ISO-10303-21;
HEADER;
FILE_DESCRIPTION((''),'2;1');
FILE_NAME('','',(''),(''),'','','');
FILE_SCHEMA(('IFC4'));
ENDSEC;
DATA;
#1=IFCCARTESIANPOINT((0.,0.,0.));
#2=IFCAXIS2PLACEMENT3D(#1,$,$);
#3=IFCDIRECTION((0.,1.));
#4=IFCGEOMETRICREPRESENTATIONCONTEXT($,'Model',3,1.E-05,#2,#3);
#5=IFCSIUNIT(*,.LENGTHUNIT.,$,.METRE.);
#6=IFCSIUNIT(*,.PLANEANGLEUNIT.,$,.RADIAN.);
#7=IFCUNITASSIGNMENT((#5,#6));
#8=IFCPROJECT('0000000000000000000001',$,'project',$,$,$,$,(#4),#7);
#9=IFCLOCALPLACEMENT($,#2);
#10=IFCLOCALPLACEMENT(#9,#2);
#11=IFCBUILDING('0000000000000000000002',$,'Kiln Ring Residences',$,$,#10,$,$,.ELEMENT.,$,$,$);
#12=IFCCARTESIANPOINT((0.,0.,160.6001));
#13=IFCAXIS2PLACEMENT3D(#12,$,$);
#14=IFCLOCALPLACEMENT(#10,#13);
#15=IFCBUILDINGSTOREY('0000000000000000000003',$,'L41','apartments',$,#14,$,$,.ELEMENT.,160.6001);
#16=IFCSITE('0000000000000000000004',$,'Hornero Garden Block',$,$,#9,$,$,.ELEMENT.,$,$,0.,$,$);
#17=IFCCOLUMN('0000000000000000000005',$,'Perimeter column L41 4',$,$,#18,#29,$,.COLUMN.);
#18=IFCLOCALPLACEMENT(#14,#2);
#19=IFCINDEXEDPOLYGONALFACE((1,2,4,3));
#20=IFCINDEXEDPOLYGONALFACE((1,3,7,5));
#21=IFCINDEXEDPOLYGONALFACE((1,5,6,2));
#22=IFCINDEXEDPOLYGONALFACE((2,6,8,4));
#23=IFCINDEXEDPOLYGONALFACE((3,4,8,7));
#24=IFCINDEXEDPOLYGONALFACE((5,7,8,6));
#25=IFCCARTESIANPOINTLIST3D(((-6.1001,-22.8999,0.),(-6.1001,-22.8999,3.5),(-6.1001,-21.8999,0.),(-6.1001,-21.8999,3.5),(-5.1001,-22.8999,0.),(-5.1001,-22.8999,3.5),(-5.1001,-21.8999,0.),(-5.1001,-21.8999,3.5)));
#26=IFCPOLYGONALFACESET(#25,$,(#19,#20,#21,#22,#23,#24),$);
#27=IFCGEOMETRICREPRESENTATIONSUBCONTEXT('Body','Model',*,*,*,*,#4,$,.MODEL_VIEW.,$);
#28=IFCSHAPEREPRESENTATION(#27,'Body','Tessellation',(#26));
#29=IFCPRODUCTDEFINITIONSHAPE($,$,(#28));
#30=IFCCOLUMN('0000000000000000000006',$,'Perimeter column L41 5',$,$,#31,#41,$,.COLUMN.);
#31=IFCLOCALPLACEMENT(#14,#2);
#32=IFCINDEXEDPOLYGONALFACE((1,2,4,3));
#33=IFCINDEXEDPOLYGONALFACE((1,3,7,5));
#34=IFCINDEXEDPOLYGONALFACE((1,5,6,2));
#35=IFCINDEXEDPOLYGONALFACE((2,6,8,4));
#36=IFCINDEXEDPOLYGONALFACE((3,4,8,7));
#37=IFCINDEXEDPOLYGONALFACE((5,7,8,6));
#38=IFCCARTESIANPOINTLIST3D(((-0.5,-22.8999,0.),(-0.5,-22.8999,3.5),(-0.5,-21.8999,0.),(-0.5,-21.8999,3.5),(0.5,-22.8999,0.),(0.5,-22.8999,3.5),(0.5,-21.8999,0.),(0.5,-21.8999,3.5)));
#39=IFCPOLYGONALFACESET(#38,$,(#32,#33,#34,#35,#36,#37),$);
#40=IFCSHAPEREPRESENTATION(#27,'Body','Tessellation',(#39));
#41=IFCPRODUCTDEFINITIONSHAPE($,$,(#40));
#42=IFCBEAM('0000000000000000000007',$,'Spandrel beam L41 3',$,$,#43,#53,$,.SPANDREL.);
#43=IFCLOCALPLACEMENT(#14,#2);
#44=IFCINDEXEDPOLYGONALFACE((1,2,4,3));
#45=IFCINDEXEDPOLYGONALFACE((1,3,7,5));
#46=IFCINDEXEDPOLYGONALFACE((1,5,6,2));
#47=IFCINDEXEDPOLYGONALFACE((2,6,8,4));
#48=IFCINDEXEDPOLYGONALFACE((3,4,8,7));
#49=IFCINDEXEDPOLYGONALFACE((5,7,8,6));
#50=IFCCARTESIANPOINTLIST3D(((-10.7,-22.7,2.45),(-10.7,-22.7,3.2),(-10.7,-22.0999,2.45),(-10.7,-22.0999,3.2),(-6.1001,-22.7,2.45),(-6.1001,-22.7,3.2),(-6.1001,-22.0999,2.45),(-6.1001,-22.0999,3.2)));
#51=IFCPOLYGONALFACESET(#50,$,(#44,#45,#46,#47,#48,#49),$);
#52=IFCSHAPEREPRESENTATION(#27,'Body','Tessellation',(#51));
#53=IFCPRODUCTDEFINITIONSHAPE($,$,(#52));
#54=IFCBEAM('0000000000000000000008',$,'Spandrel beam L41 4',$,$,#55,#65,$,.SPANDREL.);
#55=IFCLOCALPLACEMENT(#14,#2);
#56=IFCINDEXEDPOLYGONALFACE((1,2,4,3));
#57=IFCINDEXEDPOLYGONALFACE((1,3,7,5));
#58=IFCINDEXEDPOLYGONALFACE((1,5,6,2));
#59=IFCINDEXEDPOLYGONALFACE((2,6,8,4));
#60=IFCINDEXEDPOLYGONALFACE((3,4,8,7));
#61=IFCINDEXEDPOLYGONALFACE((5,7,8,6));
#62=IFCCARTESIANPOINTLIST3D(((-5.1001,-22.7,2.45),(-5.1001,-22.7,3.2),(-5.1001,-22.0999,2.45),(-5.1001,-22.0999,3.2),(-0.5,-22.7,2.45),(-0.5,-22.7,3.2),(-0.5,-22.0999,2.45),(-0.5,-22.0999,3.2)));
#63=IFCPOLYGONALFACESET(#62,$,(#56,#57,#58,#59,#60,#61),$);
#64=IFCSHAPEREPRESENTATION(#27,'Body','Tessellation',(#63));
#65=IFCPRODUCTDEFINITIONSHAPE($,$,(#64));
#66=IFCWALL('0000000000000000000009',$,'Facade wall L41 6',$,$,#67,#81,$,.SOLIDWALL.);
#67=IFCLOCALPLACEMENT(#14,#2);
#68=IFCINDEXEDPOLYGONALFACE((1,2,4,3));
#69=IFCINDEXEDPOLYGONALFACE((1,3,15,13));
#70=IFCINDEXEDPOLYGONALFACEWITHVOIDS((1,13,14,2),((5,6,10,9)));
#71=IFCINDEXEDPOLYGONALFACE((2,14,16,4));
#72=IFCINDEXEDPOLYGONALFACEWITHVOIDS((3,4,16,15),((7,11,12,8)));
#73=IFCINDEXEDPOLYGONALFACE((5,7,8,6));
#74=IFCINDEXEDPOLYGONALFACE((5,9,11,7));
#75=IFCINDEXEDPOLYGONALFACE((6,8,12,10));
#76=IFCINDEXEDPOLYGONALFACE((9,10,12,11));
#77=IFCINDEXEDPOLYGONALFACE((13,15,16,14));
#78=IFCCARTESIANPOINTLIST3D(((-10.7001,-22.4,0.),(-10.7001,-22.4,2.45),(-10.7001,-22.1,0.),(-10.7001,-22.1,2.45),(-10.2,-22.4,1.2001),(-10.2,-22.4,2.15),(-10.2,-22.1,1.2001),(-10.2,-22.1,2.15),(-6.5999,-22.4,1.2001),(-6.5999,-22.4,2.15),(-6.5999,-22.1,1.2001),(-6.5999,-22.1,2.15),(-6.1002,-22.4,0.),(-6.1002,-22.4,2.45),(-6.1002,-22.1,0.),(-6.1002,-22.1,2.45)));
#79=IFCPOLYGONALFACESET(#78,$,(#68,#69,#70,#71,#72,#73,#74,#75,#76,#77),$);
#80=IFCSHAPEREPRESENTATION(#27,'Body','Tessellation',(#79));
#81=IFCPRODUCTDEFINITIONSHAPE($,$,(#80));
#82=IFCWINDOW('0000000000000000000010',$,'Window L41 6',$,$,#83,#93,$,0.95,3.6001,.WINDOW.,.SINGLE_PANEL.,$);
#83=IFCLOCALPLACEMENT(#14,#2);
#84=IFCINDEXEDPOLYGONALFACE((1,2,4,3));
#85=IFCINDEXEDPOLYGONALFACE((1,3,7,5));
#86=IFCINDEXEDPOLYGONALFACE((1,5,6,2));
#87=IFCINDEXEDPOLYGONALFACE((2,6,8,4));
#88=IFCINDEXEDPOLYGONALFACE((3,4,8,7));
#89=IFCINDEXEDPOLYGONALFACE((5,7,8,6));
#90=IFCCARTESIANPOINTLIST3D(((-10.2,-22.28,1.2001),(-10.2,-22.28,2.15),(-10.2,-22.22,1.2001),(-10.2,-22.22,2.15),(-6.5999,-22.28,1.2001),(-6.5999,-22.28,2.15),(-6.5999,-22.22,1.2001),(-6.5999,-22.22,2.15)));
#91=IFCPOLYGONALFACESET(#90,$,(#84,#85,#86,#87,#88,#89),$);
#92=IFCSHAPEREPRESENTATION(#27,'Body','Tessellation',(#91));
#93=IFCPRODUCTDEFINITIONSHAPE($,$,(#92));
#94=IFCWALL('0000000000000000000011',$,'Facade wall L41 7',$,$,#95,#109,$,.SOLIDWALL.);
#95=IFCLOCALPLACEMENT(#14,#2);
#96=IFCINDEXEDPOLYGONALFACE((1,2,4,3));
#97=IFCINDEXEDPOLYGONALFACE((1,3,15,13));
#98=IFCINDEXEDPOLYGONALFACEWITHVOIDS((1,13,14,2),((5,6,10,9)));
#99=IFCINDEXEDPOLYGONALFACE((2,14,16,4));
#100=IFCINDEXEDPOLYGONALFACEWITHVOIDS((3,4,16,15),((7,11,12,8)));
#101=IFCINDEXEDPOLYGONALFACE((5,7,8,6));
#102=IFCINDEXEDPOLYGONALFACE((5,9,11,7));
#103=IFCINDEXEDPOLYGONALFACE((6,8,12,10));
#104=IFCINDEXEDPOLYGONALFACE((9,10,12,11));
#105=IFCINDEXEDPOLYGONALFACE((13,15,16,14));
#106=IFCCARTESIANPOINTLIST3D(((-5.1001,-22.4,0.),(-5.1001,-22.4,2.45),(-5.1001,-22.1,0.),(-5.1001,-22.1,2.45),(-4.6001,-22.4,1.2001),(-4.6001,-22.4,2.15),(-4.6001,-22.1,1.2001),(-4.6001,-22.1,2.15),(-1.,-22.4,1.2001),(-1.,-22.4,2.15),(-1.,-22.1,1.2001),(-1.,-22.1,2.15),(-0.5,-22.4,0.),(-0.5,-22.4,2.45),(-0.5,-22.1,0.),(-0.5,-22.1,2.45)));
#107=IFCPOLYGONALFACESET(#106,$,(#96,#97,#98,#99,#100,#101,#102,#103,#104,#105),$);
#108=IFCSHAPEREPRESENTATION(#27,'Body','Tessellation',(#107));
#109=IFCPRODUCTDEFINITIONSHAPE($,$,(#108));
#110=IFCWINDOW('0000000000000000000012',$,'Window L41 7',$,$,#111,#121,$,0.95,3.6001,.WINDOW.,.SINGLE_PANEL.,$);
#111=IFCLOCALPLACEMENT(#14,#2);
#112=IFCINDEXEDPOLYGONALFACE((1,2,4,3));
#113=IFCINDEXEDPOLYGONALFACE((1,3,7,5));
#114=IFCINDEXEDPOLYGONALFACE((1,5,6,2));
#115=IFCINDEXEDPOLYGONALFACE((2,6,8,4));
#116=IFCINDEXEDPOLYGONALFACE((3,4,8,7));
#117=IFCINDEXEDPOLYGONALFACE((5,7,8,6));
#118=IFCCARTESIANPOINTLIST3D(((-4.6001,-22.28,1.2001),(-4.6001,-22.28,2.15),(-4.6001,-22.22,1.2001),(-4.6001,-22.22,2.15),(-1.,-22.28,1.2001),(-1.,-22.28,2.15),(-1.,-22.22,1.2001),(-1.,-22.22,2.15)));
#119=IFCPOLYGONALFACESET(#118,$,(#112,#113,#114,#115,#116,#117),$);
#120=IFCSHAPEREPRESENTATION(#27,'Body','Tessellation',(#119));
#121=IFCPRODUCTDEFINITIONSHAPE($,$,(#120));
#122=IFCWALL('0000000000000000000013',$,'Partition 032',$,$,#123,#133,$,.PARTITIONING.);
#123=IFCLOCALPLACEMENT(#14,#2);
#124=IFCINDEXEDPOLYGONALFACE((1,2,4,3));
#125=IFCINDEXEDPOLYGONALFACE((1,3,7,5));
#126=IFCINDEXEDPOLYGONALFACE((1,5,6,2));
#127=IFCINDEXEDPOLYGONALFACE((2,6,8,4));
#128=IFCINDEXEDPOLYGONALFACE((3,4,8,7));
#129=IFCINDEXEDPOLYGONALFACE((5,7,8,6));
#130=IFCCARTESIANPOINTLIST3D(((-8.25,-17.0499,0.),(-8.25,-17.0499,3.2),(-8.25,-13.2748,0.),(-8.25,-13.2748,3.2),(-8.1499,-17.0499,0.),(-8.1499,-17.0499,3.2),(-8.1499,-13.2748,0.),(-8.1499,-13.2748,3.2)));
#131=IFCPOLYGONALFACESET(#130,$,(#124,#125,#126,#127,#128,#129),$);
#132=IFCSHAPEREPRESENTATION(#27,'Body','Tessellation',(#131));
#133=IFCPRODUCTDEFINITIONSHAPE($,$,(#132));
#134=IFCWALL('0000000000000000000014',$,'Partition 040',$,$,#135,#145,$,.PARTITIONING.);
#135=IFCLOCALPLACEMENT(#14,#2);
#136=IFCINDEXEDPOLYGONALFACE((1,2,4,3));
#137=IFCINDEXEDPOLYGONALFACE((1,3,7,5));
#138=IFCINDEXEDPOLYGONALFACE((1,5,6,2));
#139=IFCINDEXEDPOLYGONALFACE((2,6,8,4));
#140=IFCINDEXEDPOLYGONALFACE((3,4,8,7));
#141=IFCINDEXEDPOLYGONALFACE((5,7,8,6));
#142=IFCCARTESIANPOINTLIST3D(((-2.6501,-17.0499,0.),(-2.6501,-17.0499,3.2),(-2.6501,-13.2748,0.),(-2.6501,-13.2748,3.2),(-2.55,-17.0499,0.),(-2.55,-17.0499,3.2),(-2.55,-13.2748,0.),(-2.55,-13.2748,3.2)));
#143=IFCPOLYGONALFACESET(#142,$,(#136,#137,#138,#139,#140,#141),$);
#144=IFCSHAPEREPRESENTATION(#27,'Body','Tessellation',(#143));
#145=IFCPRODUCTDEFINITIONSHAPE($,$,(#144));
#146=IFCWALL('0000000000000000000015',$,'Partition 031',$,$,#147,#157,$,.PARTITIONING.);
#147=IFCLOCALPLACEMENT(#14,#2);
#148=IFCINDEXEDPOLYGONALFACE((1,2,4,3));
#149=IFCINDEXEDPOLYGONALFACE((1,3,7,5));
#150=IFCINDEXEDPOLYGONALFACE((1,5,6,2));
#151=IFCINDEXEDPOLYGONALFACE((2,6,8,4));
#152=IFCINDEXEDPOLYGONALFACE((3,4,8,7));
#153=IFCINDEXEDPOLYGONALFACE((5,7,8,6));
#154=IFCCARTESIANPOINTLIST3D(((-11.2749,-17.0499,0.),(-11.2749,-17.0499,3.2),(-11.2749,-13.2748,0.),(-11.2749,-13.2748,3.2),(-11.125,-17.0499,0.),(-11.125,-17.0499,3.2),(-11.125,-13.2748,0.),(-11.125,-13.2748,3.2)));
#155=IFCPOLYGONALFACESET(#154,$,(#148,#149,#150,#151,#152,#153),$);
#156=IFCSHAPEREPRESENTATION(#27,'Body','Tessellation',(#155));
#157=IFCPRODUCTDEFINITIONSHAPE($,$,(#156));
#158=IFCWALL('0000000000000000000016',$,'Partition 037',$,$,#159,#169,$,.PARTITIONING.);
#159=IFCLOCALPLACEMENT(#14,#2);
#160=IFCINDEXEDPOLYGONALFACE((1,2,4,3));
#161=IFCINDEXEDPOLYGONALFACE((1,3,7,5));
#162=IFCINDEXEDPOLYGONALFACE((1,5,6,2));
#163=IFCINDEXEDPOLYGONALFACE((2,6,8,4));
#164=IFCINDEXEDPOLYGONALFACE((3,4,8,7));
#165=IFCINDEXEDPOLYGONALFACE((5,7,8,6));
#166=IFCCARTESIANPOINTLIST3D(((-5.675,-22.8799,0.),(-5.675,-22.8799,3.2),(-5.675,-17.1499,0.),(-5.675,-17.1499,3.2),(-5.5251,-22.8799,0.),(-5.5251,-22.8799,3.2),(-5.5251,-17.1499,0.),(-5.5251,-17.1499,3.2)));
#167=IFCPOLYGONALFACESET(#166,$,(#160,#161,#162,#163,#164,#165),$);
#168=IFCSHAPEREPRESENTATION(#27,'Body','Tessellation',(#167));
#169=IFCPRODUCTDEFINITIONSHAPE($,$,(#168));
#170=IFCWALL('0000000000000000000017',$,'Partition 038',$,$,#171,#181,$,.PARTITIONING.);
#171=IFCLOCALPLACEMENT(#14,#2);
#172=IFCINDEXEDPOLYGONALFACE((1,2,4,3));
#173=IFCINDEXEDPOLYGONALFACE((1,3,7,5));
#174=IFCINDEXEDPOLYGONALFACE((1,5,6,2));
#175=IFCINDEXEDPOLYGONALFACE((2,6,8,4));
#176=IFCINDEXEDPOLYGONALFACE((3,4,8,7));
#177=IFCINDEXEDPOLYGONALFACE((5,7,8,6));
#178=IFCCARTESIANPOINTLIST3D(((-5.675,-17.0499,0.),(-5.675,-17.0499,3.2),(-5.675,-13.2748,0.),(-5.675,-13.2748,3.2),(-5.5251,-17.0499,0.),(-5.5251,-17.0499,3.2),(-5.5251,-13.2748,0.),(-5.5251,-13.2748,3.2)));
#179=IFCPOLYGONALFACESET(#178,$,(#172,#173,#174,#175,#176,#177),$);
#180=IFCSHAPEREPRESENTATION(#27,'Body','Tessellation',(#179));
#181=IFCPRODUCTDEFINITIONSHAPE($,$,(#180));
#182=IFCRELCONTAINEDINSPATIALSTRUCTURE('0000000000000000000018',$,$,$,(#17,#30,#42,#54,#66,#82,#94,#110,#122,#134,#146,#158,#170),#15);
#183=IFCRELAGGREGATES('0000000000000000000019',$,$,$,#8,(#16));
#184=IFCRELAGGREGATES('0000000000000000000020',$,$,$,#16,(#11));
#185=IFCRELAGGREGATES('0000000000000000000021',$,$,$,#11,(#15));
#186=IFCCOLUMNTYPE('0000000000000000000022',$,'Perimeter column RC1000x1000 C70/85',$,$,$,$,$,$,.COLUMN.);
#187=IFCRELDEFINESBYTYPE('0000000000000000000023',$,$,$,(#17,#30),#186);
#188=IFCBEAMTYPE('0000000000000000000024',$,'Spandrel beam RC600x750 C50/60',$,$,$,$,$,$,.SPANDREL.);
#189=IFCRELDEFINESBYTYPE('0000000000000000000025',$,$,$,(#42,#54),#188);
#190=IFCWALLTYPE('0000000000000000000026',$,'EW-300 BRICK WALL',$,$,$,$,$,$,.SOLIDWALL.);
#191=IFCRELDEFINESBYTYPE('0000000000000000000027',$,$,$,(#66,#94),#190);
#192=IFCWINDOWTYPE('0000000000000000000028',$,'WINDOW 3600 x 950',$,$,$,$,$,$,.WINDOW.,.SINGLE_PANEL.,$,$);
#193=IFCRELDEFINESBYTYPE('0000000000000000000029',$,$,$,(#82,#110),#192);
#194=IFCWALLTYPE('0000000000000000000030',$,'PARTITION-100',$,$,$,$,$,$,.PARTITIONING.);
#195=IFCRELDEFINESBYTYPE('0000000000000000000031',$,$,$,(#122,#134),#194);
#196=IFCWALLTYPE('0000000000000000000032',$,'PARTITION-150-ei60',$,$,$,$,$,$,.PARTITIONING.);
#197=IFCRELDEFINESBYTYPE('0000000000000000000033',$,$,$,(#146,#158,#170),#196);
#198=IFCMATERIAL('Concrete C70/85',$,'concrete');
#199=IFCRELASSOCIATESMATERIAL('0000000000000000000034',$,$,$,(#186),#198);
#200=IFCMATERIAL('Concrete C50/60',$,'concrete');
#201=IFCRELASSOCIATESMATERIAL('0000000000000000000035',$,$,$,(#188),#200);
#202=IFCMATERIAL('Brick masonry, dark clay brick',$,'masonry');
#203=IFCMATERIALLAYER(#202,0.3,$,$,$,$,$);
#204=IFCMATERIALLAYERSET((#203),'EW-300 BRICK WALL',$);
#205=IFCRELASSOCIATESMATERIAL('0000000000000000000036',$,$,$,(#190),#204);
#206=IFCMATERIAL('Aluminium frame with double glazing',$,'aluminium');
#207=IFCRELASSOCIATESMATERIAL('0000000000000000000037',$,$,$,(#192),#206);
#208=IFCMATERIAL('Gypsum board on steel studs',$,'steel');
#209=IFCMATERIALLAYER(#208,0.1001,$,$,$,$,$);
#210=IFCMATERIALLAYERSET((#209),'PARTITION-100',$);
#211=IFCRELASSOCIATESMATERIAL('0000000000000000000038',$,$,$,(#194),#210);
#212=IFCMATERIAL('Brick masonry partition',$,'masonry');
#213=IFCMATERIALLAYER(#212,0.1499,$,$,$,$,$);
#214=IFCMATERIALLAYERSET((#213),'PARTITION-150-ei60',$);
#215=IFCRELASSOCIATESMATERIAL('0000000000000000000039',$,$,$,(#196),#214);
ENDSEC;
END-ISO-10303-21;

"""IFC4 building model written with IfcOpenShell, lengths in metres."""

from ifc_helpers import new_model, si_unit, direction, frame, frame_2d, origin, origin_2d, place, context, subcontext, project, spatial, rectangle, extrude, material, layer, layer_set, material_profile, profile_set, type_object, element, fill, save


model = new_model("IFC4")

# Units and contexts
model_context = context("Model", 3, precision=1e-05, world=origin(), true_north=direction((0.0, 1.0)))
body_context = subcontext(model_context, "Body", "Model", "MODEL_VIEW")
ifc_project = project(units=[si_unit("LENGTHUNIT", "METRE"), si_unit("PLANEANGLEUNIT", "RADIAN")], contexts=[model_context])

# Site, building, storey
site_placement = place(None, origin())
site = spatial("IfcSite", under=ifc_project, at=site_placement, Name="Hornero Garden Block", CompositionType="ELEMENT", RefElevation=0.0)
building_placement = place(site_placement, origin())
building = spatial("IfcBuilding", under=site, at=building_placement, Name="Kiln Ring Residences", CompositionType="ELEMENT")
storey_placement = place(building_placement, frame((0.0, 0.0, 160.6001)))
storey = spatial("IfcBuildingStorey", under=building, at=storey_placement, Name="L41", Description="apartments", CompositionType="ELEMENT", Elevation=160.6001)

# Columns
ifc_material_1 = material(Name="Concrete C70/85", Category="concrete")
ifc_material_profile_1 = material_profile(ifc_material_1, rectangle(XDim=1.0, YDim=1.0, at=origin_2d()), Name="RC1000x1000")
ifc_profile_set_1 = profile_set([ifc_material_profile_1], Name="Concrete C70/85")
column_type = type_object("IfcColumnType", Name="Perimeter column RC1000x1000 C70/85", PredefinedType="COLUMN", material=ifc_profile_set_1)
for number, where, z_axis, x_axis, name in (
    (1, (-5.6001, -22.3999, 0.0), (0.0, 0.0, 1.0), (1.0, 0.0, 0.0), "Perimeter column L41 4"),
    (2, (0.0, -22.3999, 0.0), (0.0, 0.0, 1.0), (1.0, 0.0, 0.0), "Perimeter column L41 5"),
):
    element("IfcColumn", number, at=place(storey_placement, frame(where, z_axis=z_axis, x_axis=x_axis)), inside=storey, type_object=column_type, Name=name, PredefinedType="COLUMN", context=body_context, shape_type="SweptSolid", body=[
        extrude(rectangle(XDim=1.0, YDim=1.0, at=origin_2d()), origin(), (0.0, 0.0, 1.0), 3.5),
    ])

# Beams
ifc_material_2 = material(Name="Concrete C50/60", Category="concrete")
ifc_material_profile_2 = material_profile(ifc_material_2, rectangle(XDim=0.6001, YDim=0.75, at=origin_2d()), Name="RC600x750")
ifc_profile_set_2 = profile_set([ifc_material_profile_2], Name="Concrete C50/60")
beam_type = type_object("IfcBeamType", Name="Spandrel beam RC600x750 C50/60", PredefinedType="SPANDREL", material=ifc_profile_set_2)
beam_1_placement = place(storey_placement, frame((-10.7, -22.3999, 2.825), z_axis=(1.0, 0.0, 0.0), x_axis=(0.0, 1.0, 0.0)))
element("IfcBeam", 3, at=beam_1_placement, inside=storey, type_object=beam_type, Name="Spandrel beam L41 3", PredefinedType="SPANDREL", context=body_context, shape_type="SweptSolid", body=[
    extrude(rectangle(XDim=0.6001, YDim=0.75, at=origin_2d()), origin(), (0.0, 0.0, 1.0), 4.5999),
])
beam_2_placement = place(storey_placement, frame((-5.1001, -22.3999, 2.825), z_axis=(1.0, 0.0, 0.0), x_axis=(0.0, 1.0, 0.0)))
element("IfcBeam", 4, at=beam_2_placement, inside=storey, type_object=beam_type, Name="Spandrel beam L41 4", PredefinedType="SPANDREL", context=body_context, shape_type="SweptSolid", body=[
    extrude(rectangle(XDim=0.6001, YDim=0.75, at=origin_2d()), origin(), (0.0, 0.0, 1.0), 4.6001),
])

# Walls, openings, windows
ifc_material_3 = material(Name="Brick masonry, dark clay brick", Category="masonry")
ifc_layer_1 = layer(ifc_material_3, 0.3)
ifc_layer_set_1 = layer_set([ifc_layer_1], Name="EW-300 BRICK WALL")
wall_type_1 = type_object("IfcWallType", Name="EW-300 BRICK WALL", PredefinedType="SOLIDWALL", material=ifc_layer_set_1)
wall_1_placement = place(storey_placement, frame((-10.7, -22.25, 0.0), z_axis=(0.0, 0.0, 1.0), x_axis=(1.0, 0.0, 0.0)))
wall_1 = element("IfcWall", 5, at=wall_1_placement, inside=storey, type_object=wall_type_1, Name="Facade wall L41 6", PredefinedType="SOLIDWALL", context=body_context, shape_type="SweptSolid", body=[
    extrude(rectangle(XDim=4.5999, YDim=0.3, at=frame_2d((2.2998, 0.0))), origin(), (0.0, 0.0, 1.0), 2.45),
])
opening_1_placement = place(wall_1_placement, frame((0.5, 0.0, 1.2)))
opening_1 = element("IfcOpeningElement", 6, at=opening_1_placement, cuts=wall_1, PredefinedType="OPENING", context=body_context, shape_type="SweptSolid", body=[
    extrude(rectangle(XDim=3.6001, YDim=0.95, at=frame_2d((1.8, 0.4751))), frame((0.0, 0.1599, 0.0), z_axis=(0.0, -1.0, 0.0), x_axis=(1.0, 0.0, 0.0)), (0.0, 0.0, 1.0), 0.3201),
])
ifc_material_4 = material(Name="Aluminium frame with double glazing", Category="aluminium")
window_type = type_object("IfcWindowType", Name="WINDOW 3600 x 950", PartitioningType="SINGLE_PANEL", PredefinedType="WINDOW", material=ifc_material_4)
window_1_placement = place(opening_1_placement, origin())
window_1 = element("IfcWindow", 7, at=window_1_placement, inside=storey, type_object=window_type, Name="Window L41 6", OverallHeight=0.95, OverallWidth=3.6001, PartitioningType="SINGLE_PANEL", PredefinedType="WINDOW", context=body_context, shape_type="SweptSolid", body=[
    extrude(rectangle(XDim=3.6001, YDim=0.95, at=frame_2d((1.8, 0.4751))), frame((0.0, 0.03, 0.0), z_axis=(0.0, -1.0, 0.0), x_axis=(1.0, 0.0, 0.0)), (0.0, 0.0, 1.0), 0.0601),
])
fill(opening_1, window_1)
wall_2_placement = place(storey_placement, frame((-5.1001, -22.25, 0.0), z_axis=(0.0, 0.0, 1.0), x_axis=(1.0, 0.0, 0.0)))
wall_2 = element("IfcWall", 8, at=wall_2_placement, inside=storey, type_object=wall_type_1, Name="Facade wall L41 7", PredefinedType="SOLIDWALL", context=body_context, shape_type="SweptSolid", body=[
    extrude(rectangle(XDim=4.6001, YDim=0.3, at=frame_2d((2.3, 0.0))), origin(), (0.0, 0.0, 1.0), 2.45),
])
opening_2_placement = place(wall_2_placement, frame((0.5, 0.0, 1.2)))
opening_2 = element("IfcOpeningElement", 9, at=opening_2_placement, cuts=wall_2, PredefinedType="OPENING", context=body_context, shape_type="SweptSolid", body=[
    extrude(rectangle(XDim=3.6001, YDim=0.95, at=frame_2d((1.8, 0.4751))), frame((0.0, 0.1599, 0.0), z_axis=(0.0, -1.0, 0.0), x_axis=(1.0, 0.0, 0.0)), (0.0, 0.0, 1.0), 0.3201),
])
window_2_placement = place(opening_2_placement, origin())
window_2 = element("IfcWindow", 10, at=window_2_placement, inside=storey, type_object=window_type, Name="Window L41 7", OverallHeight=0.95, OverallWidth=3.6001, PartitioningType="SINGLE_PANEL", PredefinedType="WINDOW", context=body_context, shape_type="SweptSolid", body=[
    extrude(rectangle(XDim=3.6001, YDim=0.95, at=frame_2d((1.8, 0.4751))), frame((0.0, 0.03, 0.0), z_axis=(0.0, -1.0, 0.0), x_axis=(1.0, 0.0, 0.0)), (0.0, 0.0, 1.0), 0.0601),
])
fill(opening_2, window_2)

# Walls
ifc_material_5 = material(Name="Gypsum board on steel studs", Category="steel")
ifc_layer_2 = layer(ifc_material_5, 0.1001)
ifc_layer_set_2 = layer_set([ifc_layer_2], Name="PARTITION-100")
wall_type_2 = type_object("IfcWallType", Name="PARTITION-100", PredefinedType="PARTITIONING", material=ifc_layer_set_2)
for number, where, z_axis, x_axis, name in (
    (11, (-8.2, -17.05, 0.0), (0.0, 0.0, 1.0), (0.0, 1.0, 0.0), "Partition 032"),
    (12, (-2.6001, -17.05, 0.0), (0.0, 0.0, 1.0), (0.0, 1.0, 0.0), "Partition 040"),
):
    element("IfcWall", number, at=place(storey_placement, frame(where, z_axis=z_axis, x_axis=x_axis)), inside=storey, type_object=wall_type_2, Name=name, PredefinedType="PARTITIONING", context=body_context, shape_type="SweptSolid", body=[
        extrude(rectangle(XDim=3.7751, YDim=0.1001, at=frame_2d((1.8877, 0.0))), origin(), (0.0, 0.0, 1.0), 3.2),
    ])
ifc_material_6 = material(Name="Brick masonry partition", Category="masonry")
ifc_layer_3 = layer(ifc_material_6, 0.1499)
ifc_layer_set_3 = layer_set([ifc_layer_3], Name="PARTITION-150-ei60")
wall_type_3 = type_object("IfcWallType", Name="PARTITION-150-ei60", PredefinedType="PARTITIONING", material=ifc_layer_set_3)
wall_3_placement = place(storey_placement, frame((-11.2, -17.05, 0.0), z_axis=(0.0, 0.0, 1.0), x_axis=(0.0, 1.0, 0.0)))
element("IfcWall", 13, at=wall_3_placement, inside=storey, type_object=wall_type_3, Name="Partition 031", PredefinedType="PARTITIONING", context=body_context, shape_type="SweptSolid", body=[
    extrude(rectangle(XDim=3.7751, YDim=0.1499, at=frame_2d((1.8877, 0.0))), origin(), (0.0, 0.0, 1.0), 3.2),
])
wall_4_placement = place(storey_placement, frame((-5.6001, -22.8799, 0.0), z_axis=(0.0, 0.0, 1.0), x_axis=(0.0, 1.0, 0.0)))
element("IfcWall", 14, at=wall_4_placement, inside=storey, type_object=wall_type_3, Name="Partition 037", PredefinedType="PARTITIONING", context=body_context, shape_type="SweptSolid", body=[
    extrude(rectangle(XDim=5.73, YDim=0.1499, at=frame_2d((2.865, 0.0))), origin(), (0.0, 0.0, 1.0), 3.2),
])
wall_5_placement = place(storey_placement, frame((-5.6001, -17.05, 0.0), z_axis=(0.0, 0.0, 1.0), x_axis=(0.0, 1.0, 0.0)))
element("IfcWall", 15, at=wall_5_placement, inside=storey, type_object=wall_type_3, Name="Partition 038", PredefinedType="PARTITIONING", context=body_context, shape_type="SweptSolid", body=[
    extrude(rectangle(XDim=3.7751, YDim=0.1499, at=frame_2d((1.8877, 0.0))), origin(), (0.0, 0.0, 1.0), 3.2),
])

save(model, "model.ifc")
